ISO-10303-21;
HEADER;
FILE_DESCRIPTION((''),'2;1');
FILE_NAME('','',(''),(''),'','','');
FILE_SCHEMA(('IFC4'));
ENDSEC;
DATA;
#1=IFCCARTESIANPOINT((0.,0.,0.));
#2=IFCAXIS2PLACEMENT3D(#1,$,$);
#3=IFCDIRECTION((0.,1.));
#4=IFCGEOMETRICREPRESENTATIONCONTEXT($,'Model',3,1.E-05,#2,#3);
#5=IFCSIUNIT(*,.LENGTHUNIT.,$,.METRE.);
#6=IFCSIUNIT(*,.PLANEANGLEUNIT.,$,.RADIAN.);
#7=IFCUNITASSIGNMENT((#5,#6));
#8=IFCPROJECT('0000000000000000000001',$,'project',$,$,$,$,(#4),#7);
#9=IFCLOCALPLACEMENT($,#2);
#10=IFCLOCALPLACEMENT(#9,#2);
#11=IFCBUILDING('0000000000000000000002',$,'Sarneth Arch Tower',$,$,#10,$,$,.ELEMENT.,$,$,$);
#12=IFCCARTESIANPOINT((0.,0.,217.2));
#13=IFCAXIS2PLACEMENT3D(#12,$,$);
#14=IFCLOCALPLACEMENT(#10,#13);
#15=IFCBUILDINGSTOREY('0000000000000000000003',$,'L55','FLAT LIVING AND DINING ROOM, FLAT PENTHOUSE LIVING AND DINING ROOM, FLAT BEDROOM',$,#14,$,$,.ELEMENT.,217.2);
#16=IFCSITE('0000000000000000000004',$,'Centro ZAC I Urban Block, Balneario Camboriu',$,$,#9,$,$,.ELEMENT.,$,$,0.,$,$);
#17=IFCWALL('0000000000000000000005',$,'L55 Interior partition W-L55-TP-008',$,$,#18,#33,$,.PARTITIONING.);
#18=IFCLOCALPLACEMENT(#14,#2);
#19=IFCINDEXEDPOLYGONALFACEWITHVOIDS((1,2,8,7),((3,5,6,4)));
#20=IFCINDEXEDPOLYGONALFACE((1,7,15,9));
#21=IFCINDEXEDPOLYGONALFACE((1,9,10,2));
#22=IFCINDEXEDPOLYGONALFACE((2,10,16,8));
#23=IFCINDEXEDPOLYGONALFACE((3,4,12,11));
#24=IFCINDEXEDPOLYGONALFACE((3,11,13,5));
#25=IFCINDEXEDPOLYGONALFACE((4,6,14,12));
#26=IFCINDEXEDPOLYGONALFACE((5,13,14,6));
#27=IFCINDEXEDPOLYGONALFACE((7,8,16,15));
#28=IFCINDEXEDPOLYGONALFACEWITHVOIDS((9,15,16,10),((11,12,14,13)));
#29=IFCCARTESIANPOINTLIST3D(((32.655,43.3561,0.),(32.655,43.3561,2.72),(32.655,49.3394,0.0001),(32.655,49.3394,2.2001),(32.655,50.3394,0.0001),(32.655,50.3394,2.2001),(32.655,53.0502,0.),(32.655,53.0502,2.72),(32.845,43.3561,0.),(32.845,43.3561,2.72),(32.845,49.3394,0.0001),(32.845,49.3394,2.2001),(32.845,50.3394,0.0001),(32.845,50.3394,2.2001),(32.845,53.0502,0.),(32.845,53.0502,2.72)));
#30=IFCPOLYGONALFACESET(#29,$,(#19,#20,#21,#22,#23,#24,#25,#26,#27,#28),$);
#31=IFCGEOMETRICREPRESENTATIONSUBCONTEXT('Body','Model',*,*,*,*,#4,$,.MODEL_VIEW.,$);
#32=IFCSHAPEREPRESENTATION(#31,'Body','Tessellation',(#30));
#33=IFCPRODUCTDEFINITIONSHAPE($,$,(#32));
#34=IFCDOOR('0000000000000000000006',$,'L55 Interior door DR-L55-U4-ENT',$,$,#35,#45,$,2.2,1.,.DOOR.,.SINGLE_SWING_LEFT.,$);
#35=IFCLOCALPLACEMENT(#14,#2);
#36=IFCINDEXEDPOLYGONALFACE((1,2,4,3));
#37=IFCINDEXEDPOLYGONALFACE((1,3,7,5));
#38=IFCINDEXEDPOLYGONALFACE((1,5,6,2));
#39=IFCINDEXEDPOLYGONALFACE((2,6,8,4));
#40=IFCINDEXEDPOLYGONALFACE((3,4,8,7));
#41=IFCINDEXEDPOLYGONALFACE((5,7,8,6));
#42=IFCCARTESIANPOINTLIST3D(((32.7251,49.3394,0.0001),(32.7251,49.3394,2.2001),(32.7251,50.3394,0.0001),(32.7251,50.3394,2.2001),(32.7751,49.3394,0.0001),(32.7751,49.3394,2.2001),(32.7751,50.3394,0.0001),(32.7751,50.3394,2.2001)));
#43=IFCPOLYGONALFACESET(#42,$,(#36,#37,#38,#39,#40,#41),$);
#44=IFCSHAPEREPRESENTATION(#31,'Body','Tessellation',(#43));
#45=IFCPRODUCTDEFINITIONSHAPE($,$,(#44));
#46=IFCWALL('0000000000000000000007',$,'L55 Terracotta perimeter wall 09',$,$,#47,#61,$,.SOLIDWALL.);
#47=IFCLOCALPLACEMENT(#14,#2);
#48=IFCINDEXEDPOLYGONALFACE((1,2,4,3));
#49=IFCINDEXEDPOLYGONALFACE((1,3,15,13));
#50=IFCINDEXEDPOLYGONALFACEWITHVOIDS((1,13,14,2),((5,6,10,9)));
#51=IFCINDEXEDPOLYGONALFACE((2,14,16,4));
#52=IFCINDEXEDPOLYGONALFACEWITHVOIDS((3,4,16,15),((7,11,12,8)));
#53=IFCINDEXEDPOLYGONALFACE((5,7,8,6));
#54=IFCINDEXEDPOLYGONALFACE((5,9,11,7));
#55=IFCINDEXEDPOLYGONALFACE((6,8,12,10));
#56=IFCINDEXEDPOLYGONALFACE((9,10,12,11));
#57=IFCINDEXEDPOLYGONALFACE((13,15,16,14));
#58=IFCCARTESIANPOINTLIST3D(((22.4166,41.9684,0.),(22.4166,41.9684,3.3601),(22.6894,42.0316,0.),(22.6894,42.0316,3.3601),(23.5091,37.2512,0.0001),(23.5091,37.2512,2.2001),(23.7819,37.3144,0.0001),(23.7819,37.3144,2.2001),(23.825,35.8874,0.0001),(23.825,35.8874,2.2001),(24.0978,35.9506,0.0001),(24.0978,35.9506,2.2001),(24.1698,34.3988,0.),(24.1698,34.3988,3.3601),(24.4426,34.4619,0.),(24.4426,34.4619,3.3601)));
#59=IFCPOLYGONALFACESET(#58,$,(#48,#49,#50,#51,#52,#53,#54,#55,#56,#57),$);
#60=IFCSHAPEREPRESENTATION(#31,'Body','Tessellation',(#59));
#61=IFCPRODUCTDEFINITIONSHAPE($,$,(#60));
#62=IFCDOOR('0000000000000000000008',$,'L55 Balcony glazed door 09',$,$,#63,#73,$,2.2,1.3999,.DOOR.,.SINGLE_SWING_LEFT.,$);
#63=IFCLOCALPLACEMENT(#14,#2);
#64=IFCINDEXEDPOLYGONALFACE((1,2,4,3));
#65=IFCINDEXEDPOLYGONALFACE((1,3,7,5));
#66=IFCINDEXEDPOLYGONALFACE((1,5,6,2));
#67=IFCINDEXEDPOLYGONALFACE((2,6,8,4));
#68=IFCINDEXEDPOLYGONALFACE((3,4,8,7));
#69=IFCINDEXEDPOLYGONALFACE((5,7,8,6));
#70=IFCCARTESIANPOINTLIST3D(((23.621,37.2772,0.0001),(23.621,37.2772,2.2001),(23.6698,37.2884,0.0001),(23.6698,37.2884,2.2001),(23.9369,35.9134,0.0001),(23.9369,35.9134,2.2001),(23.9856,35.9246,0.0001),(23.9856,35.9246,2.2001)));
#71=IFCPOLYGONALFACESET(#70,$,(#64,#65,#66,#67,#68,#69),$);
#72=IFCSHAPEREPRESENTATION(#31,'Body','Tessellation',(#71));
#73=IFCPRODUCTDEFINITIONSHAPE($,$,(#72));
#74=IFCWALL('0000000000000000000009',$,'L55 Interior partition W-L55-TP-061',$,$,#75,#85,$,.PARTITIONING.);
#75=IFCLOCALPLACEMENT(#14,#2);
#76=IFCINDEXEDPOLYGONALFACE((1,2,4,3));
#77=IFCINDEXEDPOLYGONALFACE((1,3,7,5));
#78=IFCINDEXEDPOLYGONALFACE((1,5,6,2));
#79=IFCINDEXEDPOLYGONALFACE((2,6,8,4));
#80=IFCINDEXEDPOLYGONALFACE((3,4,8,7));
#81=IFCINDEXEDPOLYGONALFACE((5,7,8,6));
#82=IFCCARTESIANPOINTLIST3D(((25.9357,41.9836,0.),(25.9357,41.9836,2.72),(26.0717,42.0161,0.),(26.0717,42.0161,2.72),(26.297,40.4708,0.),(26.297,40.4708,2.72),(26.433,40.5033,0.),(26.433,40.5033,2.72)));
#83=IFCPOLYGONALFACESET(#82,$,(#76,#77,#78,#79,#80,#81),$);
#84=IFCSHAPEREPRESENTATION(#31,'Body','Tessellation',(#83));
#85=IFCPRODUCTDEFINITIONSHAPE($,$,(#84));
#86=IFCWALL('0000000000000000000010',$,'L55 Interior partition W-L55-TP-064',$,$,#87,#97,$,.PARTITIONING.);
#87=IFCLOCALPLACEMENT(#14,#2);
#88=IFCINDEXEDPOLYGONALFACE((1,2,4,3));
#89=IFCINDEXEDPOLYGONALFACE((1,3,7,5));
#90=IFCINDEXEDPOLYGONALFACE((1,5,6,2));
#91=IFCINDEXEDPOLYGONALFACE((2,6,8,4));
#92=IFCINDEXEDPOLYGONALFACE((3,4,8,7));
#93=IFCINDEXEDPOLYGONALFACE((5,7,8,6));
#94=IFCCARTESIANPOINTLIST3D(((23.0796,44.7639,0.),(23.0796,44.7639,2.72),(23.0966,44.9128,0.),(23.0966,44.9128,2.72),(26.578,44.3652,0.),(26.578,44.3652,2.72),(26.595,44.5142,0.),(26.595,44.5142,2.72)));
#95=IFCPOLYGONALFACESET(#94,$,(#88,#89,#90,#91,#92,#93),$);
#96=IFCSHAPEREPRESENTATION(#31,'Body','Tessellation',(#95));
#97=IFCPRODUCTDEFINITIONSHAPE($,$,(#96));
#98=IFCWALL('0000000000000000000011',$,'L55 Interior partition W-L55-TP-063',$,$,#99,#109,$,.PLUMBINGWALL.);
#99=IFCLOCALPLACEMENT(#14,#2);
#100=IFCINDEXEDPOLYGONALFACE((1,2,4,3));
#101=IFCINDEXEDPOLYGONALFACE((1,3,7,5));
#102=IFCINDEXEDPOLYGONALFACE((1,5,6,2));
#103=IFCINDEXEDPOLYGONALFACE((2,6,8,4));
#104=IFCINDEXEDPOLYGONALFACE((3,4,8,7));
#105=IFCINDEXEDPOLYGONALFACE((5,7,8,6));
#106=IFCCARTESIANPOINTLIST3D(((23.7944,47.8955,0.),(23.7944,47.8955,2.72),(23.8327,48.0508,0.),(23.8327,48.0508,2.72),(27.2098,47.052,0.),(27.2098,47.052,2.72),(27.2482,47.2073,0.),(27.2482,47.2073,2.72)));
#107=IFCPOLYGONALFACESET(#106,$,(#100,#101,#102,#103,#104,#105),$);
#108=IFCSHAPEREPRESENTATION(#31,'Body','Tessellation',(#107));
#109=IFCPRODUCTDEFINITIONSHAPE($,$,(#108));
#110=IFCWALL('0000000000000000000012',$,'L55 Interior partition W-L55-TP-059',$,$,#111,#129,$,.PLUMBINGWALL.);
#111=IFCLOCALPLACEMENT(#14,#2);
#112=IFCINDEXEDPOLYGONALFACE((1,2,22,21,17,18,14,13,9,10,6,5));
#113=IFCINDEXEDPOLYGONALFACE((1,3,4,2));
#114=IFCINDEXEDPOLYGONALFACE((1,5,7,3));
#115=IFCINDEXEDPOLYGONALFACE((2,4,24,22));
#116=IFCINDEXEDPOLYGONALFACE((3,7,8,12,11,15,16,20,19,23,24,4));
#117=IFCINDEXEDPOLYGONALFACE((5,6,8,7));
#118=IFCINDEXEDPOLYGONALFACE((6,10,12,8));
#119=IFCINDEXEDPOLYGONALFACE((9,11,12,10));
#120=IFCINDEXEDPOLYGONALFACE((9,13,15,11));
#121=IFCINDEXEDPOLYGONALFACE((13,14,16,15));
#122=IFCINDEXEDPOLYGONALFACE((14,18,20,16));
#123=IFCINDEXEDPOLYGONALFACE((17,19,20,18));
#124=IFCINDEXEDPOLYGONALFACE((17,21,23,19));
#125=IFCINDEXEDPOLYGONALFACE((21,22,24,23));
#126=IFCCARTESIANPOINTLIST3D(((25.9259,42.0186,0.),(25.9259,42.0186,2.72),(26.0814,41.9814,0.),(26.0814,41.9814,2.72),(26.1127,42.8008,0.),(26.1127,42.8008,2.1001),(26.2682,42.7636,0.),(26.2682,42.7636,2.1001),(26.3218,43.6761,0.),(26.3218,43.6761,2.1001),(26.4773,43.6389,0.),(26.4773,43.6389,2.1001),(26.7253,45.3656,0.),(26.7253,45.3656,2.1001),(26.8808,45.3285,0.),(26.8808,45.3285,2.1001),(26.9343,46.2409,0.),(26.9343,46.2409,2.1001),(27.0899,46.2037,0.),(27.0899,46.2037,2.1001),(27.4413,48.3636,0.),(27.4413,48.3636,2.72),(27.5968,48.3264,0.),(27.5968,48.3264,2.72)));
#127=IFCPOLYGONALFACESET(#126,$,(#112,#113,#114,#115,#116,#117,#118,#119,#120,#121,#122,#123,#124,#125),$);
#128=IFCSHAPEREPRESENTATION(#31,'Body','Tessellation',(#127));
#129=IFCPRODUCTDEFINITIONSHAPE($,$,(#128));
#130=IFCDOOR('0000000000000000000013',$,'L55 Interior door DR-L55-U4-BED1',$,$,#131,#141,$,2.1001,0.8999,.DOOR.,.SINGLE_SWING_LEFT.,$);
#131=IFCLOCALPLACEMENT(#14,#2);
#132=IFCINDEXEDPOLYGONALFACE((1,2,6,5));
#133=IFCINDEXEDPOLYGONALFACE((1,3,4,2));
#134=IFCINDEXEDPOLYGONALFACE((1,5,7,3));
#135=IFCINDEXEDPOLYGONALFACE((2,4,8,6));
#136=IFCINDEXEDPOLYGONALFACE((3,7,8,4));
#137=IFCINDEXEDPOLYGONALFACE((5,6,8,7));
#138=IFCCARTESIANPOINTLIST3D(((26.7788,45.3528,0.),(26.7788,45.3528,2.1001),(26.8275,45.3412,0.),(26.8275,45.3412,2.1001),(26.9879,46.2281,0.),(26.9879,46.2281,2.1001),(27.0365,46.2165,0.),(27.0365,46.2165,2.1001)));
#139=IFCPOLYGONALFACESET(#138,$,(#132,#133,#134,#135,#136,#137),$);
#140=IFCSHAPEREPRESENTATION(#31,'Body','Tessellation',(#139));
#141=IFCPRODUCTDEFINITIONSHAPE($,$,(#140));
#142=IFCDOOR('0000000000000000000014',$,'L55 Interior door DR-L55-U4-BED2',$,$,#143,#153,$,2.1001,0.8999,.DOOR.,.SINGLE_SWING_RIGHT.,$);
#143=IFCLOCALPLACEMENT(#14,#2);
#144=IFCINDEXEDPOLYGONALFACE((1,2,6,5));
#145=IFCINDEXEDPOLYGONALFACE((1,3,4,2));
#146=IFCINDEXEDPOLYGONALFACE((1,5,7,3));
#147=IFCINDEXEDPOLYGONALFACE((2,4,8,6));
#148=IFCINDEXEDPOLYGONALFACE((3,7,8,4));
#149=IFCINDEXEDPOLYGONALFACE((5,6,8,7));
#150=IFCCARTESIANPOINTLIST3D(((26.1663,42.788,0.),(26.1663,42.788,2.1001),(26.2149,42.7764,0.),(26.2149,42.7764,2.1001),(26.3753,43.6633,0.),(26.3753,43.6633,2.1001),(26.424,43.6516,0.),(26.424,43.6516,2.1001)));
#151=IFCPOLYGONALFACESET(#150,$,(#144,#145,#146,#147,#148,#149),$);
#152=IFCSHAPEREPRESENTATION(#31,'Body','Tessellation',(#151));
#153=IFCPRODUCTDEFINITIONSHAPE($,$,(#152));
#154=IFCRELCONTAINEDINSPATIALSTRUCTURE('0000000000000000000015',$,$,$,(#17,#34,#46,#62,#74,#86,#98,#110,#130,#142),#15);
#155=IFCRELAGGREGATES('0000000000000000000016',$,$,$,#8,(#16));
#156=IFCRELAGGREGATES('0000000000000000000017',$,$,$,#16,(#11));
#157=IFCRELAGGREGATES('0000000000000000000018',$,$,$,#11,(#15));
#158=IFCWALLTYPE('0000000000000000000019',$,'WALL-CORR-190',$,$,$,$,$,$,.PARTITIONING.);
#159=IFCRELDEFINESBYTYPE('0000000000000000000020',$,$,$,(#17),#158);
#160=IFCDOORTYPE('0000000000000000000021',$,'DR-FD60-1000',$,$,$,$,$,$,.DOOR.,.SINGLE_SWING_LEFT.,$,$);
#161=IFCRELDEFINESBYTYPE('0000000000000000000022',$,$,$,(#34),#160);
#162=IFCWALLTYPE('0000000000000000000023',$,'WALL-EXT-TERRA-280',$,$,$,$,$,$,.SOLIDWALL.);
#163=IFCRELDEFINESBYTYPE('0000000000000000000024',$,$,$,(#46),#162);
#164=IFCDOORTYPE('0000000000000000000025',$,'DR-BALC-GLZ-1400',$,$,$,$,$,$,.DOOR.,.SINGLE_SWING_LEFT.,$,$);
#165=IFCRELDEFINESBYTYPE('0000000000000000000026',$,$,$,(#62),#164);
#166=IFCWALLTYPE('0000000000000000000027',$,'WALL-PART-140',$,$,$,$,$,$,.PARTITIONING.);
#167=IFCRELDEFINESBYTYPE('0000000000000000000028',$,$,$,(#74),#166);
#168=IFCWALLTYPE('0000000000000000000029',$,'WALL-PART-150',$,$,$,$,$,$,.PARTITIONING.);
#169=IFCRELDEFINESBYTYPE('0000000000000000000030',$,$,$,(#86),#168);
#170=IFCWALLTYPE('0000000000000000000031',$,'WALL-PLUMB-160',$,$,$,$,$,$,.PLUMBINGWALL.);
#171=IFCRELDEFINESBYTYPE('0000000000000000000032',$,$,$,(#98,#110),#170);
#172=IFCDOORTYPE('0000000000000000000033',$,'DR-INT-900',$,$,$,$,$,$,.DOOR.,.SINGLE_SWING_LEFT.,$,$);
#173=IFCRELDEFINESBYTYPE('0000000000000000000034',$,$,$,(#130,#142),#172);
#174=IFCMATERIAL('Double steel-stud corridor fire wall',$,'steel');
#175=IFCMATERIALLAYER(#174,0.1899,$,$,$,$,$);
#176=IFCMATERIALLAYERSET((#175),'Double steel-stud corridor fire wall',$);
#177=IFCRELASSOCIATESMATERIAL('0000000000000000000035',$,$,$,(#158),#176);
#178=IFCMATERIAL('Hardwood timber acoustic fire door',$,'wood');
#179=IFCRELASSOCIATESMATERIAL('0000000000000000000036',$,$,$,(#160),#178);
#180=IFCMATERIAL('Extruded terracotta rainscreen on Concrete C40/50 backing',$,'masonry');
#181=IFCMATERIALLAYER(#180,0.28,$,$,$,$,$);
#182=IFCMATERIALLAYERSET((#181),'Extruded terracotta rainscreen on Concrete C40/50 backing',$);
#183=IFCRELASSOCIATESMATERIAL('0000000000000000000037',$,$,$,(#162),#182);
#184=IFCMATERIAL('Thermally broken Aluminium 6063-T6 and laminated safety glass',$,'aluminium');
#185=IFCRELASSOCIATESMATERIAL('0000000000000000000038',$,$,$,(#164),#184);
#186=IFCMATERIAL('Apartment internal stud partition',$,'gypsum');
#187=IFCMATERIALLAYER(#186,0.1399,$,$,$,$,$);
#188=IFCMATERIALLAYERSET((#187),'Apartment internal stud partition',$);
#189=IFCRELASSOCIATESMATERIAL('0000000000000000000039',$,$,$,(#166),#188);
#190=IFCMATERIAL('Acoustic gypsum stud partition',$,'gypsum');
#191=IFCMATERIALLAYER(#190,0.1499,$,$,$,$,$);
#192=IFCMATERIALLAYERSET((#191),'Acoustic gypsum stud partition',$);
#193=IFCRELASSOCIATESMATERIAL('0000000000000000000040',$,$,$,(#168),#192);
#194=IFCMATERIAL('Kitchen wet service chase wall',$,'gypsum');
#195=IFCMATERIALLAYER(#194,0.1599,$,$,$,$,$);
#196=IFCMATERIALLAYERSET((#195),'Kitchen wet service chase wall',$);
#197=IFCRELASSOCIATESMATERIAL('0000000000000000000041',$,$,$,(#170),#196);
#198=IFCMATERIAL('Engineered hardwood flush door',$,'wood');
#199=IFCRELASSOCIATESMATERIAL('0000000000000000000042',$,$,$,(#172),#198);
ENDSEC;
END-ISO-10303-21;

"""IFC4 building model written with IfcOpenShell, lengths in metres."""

from ifc_helpers import new_model, si_unit, direction, frame, frame_2d, origin, place, context, subcontext, project, spatial, rectangle, extrude, material, layer, layer_set, type_object, element, fill, save


model = new_model("IFC4")

# Units and contexts
model_context = context("Model", 3, precision=1e-05, world=origin(), true_north=direction((0.0, 1.0)))
body_context = subcontext(model_context, "Body", "Model", "MODEL_VIEW")
ifc_project = project(units=[si_unit("LENGTHUNIT", "METRE"), si_unit("PLANEANGLEUNIT", "RADIAN")], contexts=[model_context])

# Site, building, storey
site_placement = place(None, origin())
site = spatial("IfcSite", under=ifc_project, at=site_placement, Name="Centro ZAC I Urban Block, Balneario Camboriu", CompositionType="ELEMENT", RefElevation=0.0)
building_placement = place(site_placement, origin())
building = spatial("IfcBuilding", under=site, at=building_placement, Name="Sarneth Arch Tower", CompositionType="ELEMENT")
storey_placement = place(building_placement, frame((0.0, 0.0, 217.2)))
storey = spatial("IfcBuildingStorey", under=building, at=storey_placement, Name="L55", Description="FLAT LIVING AND DINING ROOM, FLAT PENTHOUSE LIVING AND DINING ROOM, FLAT BEDROOM", CompositionType="ELEMENT", Elevation=217.2)

# Walls, openings, doors
ifc_material_1 = material(Name="Double steel-stud corridor fire wall", Category="steel")
ifc_layer_1 = layer(ifc_material_1, 0.1899)
ifc_layer_set_1 = layer_set([ifc_layer_1], Name="Double steel-stud corridor fire wall")
wall_type_1 = type_object("IfcWallType", Name="WALL-CORR-190", PredefinedType="PARTITIONING", material=ifc_layer_set_1)
wall_1_placement = place(storey_placement, frame((32.75, 43.356, 0.0), z_axis=(0.0, 0.0, 1.0), x_axis=(0.0, 1.0, 0.0)))
wall_1 = element("IfcWall", 1, at=wall_1_placement, inside=storey, type_object=wall_type_1, Name="L55 Interior partition W-L55-TP-008", PredefinedType="PARTITIONING", context=body_context, shape_type="SweptSolid", body=[
    extrude(rectangle(XDim=9.6941, YDim=0.1899, at=frame_2d((4.8472, 0.0))), origin(), (0.0, 0.0, 1.0), 2.72),
])
opening_1_placement = place(wall_1_placement, frame((5.9834, 0.0, 0.0)))
opening_1 = element("IfcOpeningElement", 2, at=opening_1_placement, cuts=wall_1, PredefinedType="OPENING", context=body_context, shape_type="SweptSolid", body=[
    extrude(rectangle(XDim=1.0, YDim=2.2, at=frame_2d((0.5, 1.1001))), frame((0.0, 0.105, 0.0), z_axis=(0.0, -1.0, 0.0), x_axis=(1.0, 0.0, 0.0)), (0.0, 0.0, 1.0), 0.21),
])
ifc_material_2 = material(Name="Hardwood timber acoustic fire door", Category="wood")
door_type_1 = type_object("IfcDoorType", Name="DR-FD60-1000", OperationType="SINGLE_SWING_LEFT", PredefinedType="DOOR", material=ifc_material_2)
door_1_placement = place(opening_1_placement, origin())
door_1 = element("IfcDoor", 3, at=door_1_placement, inside=storey, type_object=door_type_1, Name="L55 Interior door DR-L55-U4-ENT", OperationType="SINGLE_SWING_LEFT", OverallHeight=2.2, OverallWidth=1.0, PredefinedType="DOOR", context=body_context, shape_type="SweptSolid", body=[
    extrude(rectangle(XDim=1.0, YDim=2.2, at=frame_2d((0.5, 1.1001))), frame((0.0, 0.0249, 0.0), z_axis=(0.0, -1.0, 0.0), x_axis=(1.0, 0.0, 0.0)), (0.0, 0.0, 1.0), 0.05),
])
fill(opening_1, door_1)
ifc_material_3 = material(Name="Extruded terracotta rainscreen on Concrete C40/50 backing", Category="masonry")
ifc_layer_2 = layer(ifc_material_3, 0.28)
ifc_layer_set_2 = layer_set([ifc_layer_2], Name="Extruded terracotta rainscreen on Concrete C40/50 backing")
wall_type_2 = type_object("IfcWallType", Name="WALL-EXT-TERRA-280", PredefinedType="SOLIDWALL", material=ifc_layer_set_2)
wall_2_placement = place(storey_placement, frame((22.553, 42.0, 0.0), z_axis=(0.0, 0.0, 1.0), x_axis=(0.225635, -0.974212, 0.0)))
wall_2 = element("IfcWall", 4, at=wall_2_placement, inside=storey, type_object=wall_type_2, Name="L55 Terracotta perimeter wall 09", PredefinedType="SOLIDWALL", context=body_context, shape_type="SweptSolid", body=[
    extrude(rectangle(XDim=7.77, YDim=0.28, at=frame_2d((3.885, 0.0))), origin(), (0.0, 0.0, 1.0), 3.3601),
])
opening_2_placement = place(wall_2_placement, frame((4.842, 0.0, 0.0)))
opening_2 = element("IfcOpeningElement", 5, at=opening_2_placement, cuts=wall_2, PredefinedType="OPENING", context=body_context, shape_type="SweptSolid", body=[
    extrude(rectangle(XDim=1.3999, YDim=2.2, at=frame_2d((0.7, 1.1001))), frame((0.0, 0.1499, 0.0), z_axis=(0.0, -1.0, 0.0), x_axis=(1.0, 0.0, 0.0)), (0.0, 0.0, 1.0), 0.3),
])
ifc_material_4 = material(Name="Thermally broken Aluminium 6063-T6 and laminated safety glass", Category="aluminium")
door_type_2 = type_object("IfcDoorType", Name="DR-BALC-GLZ-1400", OperationType="SINGLE_SWING_LEFT", PredefinedType="DOOR", material=ifc_material_4)
door_2_placement = place(opening_2_placement, origin())
door_2 = element("IfcDoor", 6, at=door_2_placement, inside=storey, type_object=door_type_2, Name="L55 Balcony glazed door 09", OperationType="SINGLE_SWING_LEFT", OverallHeight=2.2, OverallWidth=1.3999, PredefinedType="DOOR", context=body_context, shape_type="SweptSolid", body=[
    extrude(rectangle(XDim=1.3999, YDim=2.2, at=frame_2d((0.7, 1.1001))), frame((0.0, 0.0249, 0.0), z_axis=(0.0, -1.0, 0.0), x_axis=(1.0, 0.0, 0.0)), (0.0, 0.0, 1.0), 0.05),
])
fill(opening_2, door_2)

# Walls
ifc_material_5 = material(Name="Apartment internal stud partition", Category="gypsum")
ifc_layer_3 = layer(ifc_material_5, 0.1399)
ifc_layer_set_3 = layer_set([ifc_layer_3], Name="Apartment internal stud partition")
wall_type_3 = type_object("IfcWallType", Name="WALL-PART-140", PredefinedType="PARTITIONING", material=ifc_layer_set_3)
wall_3_placement = place(storey_placement, frame((26.0037, 42.0, 0.0), z_axis=(0.0, 0.0, 1.0), x_axis=(0.232292, -0.972646, 0.0)))
element("IfcWall", 7, at=wall_3_placement, inside=storey, type_object=wall_type_3, Name="L55 Interior partition W-L55-TP-061", PredefinedType="PARTITIONING", context=body_context, shape_type="SweptSolid", body=[
    extrude(rectangle(XDim=1.5554, YDim=0.1399, at=frame_2d((0.7778, 0.0))), origin(), (0.0, 0.0, 1.0), 2.72),
])
ifc_material_6 = material(Name="Acoustic gypsum stud partition", Category="gypsum")
ifc_layer_4 = layer(ifc_material_6, 0.1499)
ifc_layer_set_4 = layer_set([ifc_layer_4], Name="Acoustic gypsum stud partition")
wall_type_4 = type_object("IfcWallType", Name="WALL-PART-150", PredefinedType="PARTITIONING", material=ifc_layer_set_4)
wall_4_placement = place(storey_placement, frame((23.0881, 44.8384, 0.0), z_axis=(0.0, 0.0, 1.0), x_axis=(0.993569, -0.113232, 0.0)))
element("IfcWall", 8, at=wall_4_placement, inside=storey, type_object=wall_type_4, Name="L55 Interior partition W-L55-TP-064", PredefinedType="PARTITIONING", context=body_context, shape_type="SweptSolid", body=[
    extrude(rectangle(XDim=3.521, YDim=0.1499, at=frame_2d((1.7605, 0.0))), origin(), (0.0, 0.0, 1.0), 2.72),
])
ifc_material_7 = material(Name="Kitchen wet service chase wall", Category="gypsum")
ifc_layer_5 = layer(ifc_material_7, 0.1599)
ifc_layer_set_5 = layer_set([ifc_layer_5], Name="Kitchen wet service chase wall")
wall_type_5 = type_object("IfcWallType", Name="WALL-PLUMB-160", PredefinedType="PLUMBINGWALL", material=ifc_layer_set_5)
wall_5_placement = place(storey_placement, frame((27.229, 47.1296, 0.0), z_axis=(0.0, 0.0, 1.0), x_axis=(-0.970832, 0.239759, 0.0)))
element("IfcWall", 9, at=wall_5_placement, inside=storey, type_object=wall_type_5, Name="L55 Interior partition W-L55-TP-063", PredefinedType="PLUMBINGWALL", context=body_context, shape_type="SweptSolid", body=[
    extrude(rectangle(XDim=3.5181, YDim=0.1599, at=frame_2d((1.759, 0.0))), origin(), (0.0, 0.0, 1.0), 2.72),
])

# Wall, openings, doors
wall_6_placement = place(storey_placement, frame((26.0037, 42.0, 0.0), z_axis=(0.0, 0.0, 1.0), x_axis=(0.232298, 0.972645, 0.0)))
wall_6 = element("IfcWall", 10, at=wall_6_placement, inside=storey, type_object=wall_type_5, Name="L55 Interior partition W-L55-TP-059", PredefinedType="PLUMBINGWALL", context=body_context, shape_type="SweptSolid", body=[
    extrude(rectangle(XDim=6.5234, YDim=0.1599, at=frame_2d((3.2617, 0.0))), origin(), (0.0, 0.0, 1.0), 2.72),
])
opening_3_placement = place(wall_6_placement, frame((3.4412, 0.0, 0.0)))
opening_3 = element("IfcOpeningElement", 11, at=opening_3_placement, cuts=wall_6, PredefinedType="OPENING", context=body_context, shape_type="SweptSolid", body=[
    extrude(rectangle(XDim=0.8999, YDim=2.1001, at=frame_2d((0.45, 1.05))), frame((0.0, 0.0898, 0.0), z_axis=(0.0, -1.0, 0.0), x_axis=(1.0, 0.0, 0.0)), (0.0, 0.0, 1.0), 0.1799),
])
opening_4_placement = place(wall_6_placement, frame((0.8042, 0.0, 0.0)))
opening_4 = element("IfcOpeningElement", 12, at=opening_4_placement, cuts=wall_6, PredefinedType="OPENING", context=body_context, shape_type="SweptSolid", body=[
    extrude(rectangle(XDim=0.8999, YDim=2.1001, at=frame_2d((0.45, 1.05))), frame((0.0, 0.0898, 0.0), z_axis=(0.0, -1.0, 0.0), x_axis=(1.0, 0.0, 0.0)), (0.0, 0.0, 1.0), 0.1799),
])
ifc_material_8 = material(Name="Engineered hardwood flush door", Category="wood")
door_type_3 = type_object("IfcDoorType", Name="DR-INT-900", OperationType="SINGLE_SWING_LEFT", PredefinedType="DOOR", material=ifc_material_8)
door_3_placement = place(opening_3_placement, origin())
door_3 = element("IfcDoor", 13, at=door_3_placement, inside=storey, type_object=door_type_3, Name="L55 Interior door DR-L55-U4-BED1", OperationType="SINGLE_SWING_LEFT", OverallHeight=2.1001, OverallWidth=0.8999, PredefinedType="DOOR", context=body_context, shape_type="SweptSolid", body=[
    extrude(rectangle(XDim=0.8999, YDim=2.1001, at=frame_2d((0.45, 1.05))), frame((0.0, 0.0249, 0.0), z_axis=(0.0, -1.0, 0.0), x_axis=(1.0, 0.0, 0.0)), (0.0, 0.0, 1.0), 0.05),
])
fill(opening_3, door_3)
door_4_placement = place(opening_4_placement, origin())
door_4 = element("IfcDoor", 14, at=door_4_placement, inside=storey, type_object=door_type_3, Name="L55 Interior door DR-L55-U4-BED2", OperationType="SINGLE_SWING_RIGHT", OverallHeight=2.1001, OverallWidth=0.8999, PredefinedType="DOOR", context=body_context, shape_type="SweptSolid", body=[
    extrude(rectangle(XDim=0.8999, YDim=2.1001, at=frame_2d((0.45, 1.05))), frame((0.0, 0.0249, 0.0), z_axis=(0.0, -1.0, 0.0), x_axis=(1.0, 0.0, 0.0)), (0.0, 0.0, 1.0), 0.05),
])
fill(opening_4, door_4)

save(model, "model.ifc")
